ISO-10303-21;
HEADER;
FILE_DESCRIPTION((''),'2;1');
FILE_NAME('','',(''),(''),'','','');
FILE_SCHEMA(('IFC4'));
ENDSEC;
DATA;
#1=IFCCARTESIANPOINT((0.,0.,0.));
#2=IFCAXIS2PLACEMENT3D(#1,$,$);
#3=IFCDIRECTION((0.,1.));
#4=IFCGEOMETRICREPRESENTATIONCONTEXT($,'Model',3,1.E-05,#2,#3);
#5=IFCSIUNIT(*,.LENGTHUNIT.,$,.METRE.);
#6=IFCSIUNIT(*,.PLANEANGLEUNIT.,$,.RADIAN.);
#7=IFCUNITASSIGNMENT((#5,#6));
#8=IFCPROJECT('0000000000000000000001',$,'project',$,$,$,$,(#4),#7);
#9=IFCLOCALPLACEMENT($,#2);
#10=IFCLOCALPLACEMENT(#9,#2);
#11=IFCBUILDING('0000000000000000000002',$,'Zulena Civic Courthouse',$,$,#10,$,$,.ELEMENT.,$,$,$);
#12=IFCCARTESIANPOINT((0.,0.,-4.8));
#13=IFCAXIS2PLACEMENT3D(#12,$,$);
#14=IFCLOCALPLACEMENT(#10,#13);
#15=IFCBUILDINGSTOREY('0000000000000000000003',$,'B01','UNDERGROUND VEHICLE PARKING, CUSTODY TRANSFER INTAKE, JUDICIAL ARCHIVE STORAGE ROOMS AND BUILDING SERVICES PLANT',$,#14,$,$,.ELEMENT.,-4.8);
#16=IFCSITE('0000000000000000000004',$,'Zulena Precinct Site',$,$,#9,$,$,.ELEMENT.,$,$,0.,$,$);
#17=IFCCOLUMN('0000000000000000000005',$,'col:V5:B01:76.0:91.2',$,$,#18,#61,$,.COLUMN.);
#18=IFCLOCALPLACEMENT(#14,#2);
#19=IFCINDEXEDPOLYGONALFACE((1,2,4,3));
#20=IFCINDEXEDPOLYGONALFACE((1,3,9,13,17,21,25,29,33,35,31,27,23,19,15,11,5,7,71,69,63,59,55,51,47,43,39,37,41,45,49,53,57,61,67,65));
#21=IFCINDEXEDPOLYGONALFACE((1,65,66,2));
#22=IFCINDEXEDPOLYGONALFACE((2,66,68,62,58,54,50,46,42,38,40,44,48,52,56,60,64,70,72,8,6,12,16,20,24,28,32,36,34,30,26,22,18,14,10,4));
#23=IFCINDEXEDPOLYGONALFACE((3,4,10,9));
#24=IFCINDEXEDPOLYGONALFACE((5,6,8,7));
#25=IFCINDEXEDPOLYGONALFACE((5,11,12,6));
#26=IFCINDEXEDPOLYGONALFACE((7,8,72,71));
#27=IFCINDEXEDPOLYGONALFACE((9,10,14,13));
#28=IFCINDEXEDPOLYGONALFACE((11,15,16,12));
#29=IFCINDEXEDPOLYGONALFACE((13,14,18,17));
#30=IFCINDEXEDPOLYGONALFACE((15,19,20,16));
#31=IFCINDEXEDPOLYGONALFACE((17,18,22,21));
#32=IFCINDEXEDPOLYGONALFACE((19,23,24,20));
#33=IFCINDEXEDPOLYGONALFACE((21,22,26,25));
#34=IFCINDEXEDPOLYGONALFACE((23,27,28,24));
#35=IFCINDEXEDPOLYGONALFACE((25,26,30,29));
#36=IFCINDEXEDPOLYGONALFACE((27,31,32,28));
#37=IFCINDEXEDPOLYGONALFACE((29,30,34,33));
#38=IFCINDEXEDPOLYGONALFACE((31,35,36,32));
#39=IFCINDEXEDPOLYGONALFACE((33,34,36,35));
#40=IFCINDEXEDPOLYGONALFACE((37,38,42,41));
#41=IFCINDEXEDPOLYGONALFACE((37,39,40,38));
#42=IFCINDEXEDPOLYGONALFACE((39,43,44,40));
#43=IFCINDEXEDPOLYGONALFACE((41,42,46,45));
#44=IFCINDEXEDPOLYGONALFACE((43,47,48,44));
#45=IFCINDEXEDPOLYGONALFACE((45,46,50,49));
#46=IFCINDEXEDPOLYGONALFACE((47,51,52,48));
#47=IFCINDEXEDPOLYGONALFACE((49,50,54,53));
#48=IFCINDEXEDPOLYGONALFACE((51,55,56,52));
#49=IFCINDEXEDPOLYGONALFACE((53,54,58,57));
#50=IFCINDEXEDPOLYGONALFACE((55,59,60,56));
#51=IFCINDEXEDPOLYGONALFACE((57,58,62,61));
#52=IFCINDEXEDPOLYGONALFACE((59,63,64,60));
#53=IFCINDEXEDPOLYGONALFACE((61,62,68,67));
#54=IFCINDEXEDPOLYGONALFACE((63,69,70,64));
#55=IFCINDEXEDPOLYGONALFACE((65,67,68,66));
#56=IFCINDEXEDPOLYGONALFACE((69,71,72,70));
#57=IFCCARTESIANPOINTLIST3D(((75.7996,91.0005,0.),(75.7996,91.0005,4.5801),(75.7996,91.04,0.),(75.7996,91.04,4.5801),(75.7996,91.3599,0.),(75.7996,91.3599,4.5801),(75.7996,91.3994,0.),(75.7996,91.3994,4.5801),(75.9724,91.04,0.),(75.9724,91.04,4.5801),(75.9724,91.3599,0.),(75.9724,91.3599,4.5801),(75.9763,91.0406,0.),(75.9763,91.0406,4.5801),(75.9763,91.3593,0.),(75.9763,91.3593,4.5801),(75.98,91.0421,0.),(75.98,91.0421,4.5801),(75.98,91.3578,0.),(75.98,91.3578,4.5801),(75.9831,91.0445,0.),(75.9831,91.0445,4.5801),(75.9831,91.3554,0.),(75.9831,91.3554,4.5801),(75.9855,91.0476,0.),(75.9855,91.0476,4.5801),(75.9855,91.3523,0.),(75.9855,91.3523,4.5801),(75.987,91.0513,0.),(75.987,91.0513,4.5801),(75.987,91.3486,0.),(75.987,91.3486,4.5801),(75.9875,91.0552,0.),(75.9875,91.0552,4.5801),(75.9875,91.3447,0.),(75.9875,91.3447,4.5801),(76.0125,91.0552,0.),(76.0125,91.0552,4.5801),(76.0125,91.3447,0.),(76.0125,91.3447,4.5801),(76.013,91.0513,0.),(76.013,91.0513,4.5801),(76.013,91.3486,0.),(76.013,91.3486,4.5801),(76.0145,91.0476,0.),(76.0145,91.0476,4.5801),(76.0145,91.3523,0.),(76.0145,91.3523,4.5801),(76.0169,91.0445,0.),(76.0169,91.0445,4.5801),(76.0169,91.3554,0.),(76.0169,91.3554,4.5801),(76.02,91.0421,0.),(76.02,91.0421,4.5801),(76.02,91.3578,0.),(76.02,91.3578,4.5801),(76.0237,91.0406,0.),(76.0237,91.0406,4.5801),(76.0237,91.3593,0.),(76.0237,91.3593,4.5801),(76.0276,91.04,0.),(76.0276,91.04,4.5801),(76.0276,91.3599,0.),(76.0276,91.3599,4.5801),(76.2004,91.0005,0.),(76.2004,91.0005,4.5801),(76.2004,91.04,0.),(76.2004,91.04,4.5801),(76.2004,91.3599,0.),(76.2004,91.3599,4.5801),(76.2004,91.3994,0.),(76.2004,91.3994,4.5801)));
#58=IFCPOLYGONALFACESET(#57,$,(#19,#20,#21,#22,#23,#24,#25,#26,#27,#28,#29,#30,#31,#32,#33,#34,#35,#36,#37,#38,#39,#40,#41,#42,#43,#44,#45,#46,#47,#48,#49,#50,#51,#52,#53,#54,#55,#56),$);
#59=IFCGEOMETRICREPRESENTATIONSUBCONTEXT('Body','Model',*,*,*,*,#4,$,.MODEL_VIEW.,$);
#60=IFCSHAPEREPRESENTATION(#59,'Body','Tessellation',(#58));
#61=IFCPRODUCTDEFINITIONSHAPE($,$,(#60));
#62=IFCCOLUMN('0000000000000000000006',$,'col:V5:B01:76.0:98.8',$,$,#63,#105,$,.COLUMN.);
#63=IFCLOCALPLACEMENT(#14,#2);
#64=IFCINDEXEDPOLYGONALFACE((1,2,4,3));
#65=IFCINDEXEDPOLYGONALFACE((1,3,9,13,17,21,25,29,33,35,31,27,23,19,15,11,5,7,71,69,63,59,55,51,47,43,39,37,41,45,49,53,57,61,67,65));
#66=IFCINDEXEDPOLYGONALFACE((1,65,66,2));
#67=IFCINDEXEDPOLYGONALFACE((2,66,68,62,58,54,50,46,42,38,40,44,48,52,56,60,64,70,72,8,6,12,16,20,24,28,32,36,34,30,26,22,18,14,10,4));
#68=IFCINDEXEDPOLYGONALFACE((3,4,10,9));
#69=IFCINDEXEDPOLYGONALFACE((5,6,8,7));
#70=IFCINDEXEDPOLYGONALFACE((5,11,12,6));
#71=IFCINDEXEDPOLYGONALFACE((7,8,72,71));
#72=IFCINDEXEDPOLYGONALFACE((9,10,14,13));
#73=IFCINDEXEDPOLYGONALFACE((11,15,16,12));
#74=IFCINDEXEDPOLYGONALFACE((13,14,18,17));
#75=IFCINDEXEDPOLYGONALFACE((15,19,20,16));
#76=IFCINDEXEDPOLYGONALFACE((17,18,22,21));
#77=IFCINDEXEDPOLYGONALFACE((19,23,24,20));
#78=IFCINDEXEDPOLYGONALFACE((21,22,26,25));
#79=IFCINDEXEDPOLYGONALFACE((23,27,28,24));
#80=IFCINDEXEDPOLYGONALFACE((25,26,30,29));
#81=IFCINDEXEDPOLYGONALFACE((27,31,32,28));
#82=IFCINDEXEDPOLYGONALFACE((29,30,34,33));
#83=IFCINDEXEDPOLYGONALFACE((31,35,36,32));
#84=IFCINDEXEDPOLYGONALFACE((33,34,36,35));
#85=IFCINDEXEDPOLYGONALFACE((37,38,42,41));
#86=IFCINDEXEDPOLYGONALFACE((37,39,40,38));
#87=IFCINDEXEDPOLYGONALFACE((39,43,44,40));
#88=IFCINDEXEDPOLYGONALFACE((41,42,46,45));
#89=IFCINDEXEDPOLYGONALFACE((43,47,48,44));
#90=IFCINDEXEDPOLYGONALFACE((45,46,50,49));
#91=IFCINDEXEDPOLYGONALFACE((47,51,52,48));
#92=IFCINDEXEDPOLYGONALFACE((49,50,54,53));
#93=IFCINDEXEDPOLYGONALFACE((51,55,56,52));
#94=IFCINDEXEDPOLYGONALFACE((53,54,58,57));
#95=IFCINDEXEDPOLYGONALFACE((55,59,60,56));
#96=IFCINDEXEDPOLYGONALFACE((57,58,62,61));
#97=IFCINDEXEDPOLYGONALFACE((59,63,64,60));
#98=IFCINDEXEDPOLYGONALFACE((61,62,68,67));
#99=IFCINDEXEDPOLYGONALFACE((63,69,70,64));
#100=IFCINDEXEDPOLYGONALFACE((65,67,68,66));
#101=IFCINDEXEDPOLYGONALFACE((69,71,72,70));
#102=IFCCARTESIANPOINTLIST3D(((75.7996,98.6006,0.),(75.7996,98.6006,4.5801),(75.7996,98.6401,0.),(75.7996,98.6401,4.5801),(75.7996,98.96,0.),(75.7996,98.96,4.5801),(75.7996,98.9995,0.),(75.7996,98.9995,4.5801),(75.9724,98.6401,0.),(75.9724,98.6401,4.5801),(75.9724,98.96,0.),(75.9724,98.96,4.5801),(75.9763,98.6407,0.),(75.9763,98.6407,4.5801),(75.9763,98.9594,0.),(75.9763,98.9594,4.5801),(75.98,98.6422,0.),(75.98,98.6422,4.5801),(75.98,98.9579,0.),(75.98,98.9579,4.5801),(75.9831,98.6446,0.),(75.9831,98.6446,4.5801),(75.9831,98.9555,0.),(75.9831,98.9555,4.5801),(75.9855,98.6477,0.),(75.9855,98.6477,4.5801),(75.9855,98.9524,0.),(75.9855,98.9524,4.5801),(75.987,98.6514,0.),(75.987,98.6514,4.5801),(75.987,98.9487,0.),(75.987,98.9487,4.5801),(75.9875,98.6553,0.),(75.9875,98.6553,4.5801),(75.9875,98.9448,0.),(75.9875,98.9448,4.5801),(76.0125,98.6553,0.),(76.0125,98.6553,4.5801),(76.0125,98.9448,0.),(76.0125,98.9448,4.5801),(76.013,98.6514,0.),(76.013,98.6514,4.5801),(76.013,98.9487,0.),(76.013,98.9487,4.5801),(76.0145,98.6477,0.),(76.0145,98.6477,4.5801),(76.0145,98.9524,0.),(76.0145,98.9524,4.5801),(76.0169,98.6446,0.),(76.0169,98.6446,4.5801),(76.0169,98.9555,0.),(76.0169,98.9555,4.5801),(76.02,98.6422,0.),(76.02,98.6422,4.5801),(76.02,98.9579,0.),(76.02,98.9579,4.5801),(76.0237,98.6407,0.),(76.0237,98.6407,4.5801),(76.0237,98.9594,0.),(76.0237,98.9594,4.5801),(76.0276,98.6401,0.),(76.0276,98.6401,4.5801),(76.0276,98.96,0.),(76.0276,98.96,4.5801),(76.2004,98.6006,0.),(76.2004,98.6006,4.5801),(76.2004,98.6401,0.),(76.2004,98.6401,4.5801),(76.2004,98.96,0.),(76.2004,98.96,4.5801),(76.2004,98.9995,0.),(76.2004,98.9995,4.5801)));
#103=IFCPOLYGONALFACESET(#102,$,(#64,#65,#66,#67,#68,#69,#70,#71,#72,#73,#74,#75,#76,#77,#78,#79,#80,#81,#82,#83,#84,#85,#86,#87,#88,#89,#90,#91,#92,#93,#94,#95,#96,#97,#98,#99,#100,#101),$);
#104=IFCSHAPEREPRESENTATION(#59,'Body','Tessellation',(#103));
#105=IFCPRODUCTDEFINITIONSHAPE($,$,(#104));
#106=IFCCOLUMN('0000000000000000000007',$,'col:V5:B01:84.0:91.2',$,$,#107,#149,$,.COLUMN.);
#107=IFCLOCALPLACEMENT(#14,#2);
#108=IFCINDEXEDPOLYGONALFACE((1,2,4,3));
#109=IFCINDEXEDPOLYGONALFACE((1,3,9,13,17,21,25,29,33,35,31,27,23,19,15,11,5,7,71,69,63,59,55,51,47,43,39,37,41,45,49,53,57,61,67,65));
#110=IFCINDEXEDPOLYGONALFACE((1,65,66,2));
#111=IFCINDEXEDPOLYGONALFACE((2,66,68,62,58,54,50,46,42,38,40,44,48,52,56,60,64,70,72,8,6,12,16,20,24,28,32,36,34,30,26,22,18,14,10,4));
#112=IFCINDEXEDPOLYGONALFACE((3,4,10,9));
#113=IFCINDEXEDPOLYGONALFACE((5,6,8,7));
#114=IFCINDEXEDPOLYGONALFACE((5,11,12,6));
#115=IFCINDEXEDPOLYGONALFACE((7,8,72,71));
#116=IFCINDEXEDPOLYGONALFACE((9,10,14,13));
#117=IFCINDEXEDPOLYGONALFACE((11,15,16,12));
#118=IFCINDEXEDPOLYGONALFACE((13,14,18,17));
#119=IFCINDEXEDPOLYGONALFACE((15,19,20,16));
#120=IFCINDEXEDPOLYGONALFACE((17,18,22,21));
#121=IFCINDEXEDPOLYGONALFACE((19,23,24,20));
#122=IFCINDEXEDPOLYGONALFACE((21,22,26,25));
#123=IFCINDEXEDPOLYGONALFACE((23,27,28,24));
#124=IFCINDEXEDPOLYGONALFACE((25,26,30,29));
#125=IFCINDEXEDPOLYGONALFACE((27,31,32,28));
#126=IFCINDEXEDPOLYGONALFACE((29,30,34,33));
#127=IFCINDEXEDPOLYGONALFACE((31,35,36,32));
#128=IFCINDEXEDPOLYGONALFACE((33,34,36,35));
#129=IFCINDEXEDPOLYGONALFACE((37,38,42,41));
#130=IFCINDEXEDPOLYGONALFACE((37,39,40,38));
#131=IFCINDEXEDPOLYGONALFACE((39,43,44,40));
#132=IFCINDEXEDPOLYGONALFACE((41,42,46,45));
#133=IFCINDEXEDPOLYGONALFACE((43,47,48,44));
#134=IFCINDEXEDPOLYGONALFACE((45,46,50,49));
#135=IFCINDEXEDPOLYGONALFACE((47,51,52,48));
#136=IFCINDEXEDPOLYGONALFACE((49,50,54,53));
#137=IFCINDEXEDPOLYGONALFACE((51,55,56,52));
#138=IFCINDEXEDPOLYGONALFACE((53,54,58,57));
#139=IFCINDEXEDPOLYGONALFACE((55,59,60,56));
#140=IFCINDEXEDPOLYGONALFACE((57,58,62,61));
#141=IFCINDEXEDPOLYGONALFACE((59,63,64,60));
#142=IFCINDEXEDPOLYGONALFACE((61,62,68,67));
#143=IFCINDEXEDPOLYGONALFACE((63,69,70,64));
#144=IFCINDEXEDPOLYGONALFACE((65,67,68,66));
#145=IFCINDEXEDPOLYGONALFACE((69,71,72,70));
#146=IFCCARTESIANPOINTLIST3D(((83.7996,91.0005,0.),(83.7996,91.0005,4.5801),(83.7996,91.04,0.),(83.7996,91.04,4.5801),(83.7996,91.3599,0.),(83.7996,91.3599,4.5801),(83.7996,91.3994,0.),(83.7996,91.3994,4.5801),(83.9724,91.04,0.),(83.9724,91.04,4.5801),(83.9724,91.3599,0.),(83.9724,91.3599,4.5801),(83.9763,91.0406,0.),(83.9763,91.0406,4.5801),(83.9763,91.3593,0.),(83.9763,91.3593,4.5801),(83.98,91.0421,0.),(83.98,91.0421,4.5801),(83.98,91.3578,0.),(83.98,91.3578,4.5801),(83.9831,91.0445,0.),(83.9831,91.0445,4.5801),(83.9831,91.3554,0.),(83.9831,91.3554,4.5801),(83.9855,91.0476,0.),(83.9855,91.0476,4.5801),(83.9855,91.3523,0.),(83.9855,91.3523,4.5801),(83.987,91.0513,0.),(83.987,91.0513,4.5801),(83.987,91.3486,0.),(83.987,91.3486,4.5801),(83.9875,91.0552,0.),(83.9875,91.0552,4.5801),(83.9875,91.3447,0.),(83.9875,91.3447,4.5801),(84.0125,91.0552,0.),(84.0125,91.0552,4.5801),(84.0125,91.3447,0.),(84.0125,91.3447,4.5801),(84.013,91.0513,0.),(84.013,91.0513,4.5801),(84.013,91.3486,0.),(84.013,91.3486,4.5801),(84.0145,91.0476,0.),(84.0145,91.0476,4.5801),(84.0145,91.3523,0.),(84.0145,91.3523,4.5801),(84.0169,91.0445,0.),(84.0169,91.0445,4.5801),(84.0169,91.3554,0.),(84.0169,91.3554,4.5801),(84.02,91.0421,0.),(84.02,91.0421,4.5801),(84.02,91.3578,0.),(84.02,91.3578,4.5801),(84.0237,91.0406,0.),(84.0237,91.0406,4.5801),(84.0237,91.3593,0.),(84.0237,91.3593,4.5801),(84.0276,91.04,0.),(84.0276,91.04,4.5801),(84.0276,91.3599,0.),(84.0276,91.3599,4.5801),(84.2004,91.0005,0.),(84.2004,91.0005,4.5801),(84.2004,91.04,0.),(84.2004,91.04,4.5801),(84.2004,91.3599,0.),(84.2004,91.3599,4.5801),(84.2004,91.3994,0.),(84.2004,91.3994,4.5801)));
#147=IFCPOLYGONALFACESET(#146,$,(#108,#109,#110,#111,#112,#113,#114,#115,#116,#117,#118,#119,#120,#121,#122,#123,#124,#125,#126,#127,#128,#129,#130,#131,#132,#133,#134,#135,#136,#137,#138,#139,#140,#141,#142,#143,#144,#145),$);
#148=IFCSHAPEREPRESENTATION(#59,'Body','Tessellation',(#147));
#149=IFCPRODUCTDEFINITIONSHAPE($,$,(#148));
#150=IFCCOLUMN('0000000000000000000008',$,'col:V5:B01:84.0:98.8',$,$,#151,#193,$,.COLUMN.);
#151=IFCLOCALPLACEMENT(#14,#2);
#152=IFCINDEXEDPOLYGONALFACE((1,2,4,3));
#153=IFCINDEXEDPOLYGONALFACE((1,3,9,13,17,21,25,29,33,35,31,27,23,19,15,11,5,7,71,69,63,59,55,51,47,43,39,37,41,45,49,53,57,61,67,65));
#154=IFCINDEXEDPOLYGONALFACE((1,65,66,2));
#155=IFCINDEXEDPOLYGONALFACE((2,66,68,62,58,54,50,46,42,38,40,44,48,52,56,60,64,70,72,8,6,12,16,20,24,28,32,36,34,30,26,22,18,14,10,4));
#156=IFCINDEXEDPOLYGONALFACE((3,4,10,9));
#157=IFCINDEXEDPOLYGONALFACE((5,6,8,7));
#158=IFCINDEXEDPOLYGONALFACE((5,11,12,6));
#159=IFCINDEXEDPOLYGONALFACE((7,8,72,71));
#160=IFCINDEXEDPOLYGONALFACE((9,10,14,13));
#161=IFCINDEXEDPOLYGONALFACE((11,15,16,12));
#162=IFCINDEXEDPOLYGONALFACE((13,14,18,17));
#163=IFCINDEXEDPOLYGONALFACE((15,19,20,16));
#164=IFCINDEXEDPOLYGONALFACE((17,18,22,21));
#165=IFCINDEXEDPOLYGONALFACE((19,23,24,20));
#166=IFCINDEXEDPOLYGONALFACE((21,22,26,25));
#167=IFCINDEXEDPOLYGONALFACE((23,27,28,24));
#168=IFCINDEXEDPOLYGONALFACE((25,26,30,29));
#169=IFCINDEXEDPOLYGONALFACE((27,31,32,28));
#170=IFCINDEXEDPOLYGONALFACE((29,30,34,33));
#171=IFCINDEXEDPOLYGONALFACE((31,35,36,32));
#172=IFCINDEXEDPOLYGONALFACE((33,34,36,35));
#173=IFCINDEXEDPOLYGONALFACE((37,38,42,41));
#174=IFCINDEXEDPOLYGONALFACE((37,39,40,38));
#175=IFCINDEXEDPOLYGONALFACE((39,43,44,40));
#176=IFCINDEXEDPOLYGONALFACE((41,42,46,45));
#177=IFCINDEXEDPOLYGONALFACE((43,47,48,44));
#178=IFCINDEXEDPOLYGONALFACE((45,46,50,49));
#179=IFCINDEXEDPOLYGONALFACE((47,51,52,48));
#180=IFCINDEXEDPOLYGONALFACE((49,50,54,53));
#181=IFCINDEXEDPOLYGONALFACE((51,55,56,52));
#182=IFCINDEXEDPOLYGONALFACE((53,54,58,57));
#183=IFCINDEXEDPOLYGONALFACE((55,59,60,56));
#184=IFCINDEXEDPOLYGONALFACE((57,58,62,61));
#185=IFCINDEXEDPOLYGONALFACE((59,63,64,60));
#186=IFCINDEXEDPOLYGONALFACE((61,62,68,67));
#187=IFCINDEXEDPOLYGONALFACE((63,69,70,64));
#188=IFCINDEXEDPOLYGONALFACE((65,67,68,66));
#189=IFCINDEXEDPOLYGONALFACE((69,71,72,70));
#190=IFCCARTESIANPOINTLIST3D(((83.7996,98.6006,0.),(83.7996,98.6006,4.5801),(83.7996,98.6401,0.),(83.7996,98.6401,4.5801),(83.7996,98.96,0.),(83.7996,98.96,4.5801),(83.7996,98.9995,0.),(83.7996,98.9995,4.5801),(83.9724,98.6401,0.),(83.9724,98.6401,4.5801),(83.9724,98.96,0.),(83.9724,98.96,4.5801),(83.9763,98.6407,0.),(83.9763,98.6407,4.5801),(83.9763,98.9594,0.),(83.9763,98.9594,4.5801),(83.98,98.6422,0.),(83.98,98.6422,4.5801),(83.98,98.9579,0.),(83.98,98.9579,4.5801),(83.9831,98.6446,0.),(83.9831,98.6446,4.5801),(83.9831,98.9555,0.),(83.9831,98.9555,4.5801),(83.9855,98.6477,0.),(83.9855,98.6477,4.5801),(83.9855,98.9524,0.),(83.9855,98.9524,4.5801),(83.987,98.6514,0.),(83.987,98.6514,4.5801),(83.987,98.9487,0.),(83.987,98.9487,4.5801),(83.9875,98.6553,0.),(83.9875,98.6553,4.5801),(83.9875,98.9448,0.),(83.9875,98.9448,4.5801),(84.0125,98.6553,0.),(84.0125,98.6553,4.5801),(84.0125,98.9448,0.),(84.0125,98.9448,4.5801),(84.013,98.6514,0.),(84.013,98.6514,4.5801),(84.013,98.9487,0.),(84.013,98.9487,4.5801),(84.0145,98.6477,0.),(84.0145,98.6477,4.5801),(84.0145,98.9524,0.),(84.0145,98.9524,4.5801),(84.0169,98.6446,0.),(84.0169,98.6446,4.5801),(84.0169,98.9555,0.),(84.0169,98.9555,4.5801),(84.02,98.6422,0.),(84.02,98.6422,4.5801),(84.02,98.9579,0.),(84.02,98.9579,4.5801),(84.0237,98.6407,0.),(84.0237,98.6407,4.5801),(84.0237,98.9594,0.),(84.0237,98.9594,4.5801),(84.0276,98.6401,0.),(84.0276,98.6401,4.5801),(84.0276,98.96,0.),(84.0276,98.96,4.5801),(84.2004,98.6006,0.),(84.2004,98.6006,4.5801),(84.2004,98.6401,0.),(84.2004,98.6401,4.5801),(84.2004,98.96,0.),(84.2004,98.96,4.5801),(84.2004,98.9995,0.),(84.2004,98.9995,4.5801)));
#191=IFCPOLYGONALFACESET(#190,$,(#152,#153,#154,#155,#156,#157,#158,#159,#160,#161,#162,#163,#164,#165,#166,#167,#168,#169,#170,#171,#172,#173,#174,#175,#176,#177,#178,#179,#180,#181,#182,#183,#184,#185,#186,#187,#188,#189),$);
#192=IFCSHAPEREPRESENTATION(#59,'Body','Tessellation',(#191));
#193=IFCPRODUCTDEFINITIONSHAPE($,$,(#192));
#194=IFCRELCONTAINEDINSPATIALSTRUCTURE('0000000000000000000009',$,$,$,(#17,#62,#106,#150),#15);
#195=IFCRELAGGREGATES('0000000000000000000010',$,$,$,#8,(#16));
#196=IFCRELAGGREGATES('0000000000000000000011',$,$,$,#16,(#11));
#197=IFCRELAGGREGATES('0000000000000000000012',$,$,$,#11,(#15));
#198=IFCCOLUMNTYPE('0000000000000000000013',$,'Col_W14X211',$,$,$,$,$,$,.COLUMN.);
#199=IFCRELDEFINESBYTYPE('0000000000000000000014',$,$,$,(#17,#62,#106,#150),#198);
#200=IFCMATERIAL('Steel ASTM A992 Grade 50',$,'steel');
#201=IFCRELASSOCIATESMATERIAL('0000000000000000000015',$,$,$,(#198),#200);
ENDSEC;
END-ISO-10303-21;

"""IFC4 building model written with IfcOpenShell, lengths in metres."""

from ifc_helpers import new_model, si_unit, direction, frame, origin, origin_2d, place, context, subcontext, project, spatial, i_section, extrude, material, material_profile, profile_set, type_object, element, save


model = new_model("IFC4")

# Units and contexts
model_context = context("Model", 3, precision=1e-05, world=origin(), true_north=direction((0.0, 1.0)))
body_context = subcontext(model_context, "Body", "Model", "MODEL_VIEW")
ifc_project = project(units=[si_unit("LENGTHUNIT", "METRE"), si_unit("PLANEANGLEUNIT", "RADIAN")], contexts=[model_context])

# Site, building, storey
site_placement = place(None, origin())
site = spatial("IfcSite", under=ifc_project, at=site_placement, Name="Zulena Precinct Site", CompositionType="ELEMENT", RefElevation=0.0)
building_placement = place(site_placement, origin())
building = spatial("IfcBuilding", under=site, at=building_placement, Name="Zulena Civic Courthouse", CompositionType="ELEMENT")
storey_placement = place(building_placement, frame((0.0, 0.0, -4.8)))
storey = spatial("IfcBuildingStorey", under=building, at=storey_placement, Name="B01", Description="UNDERGROUND VEHICLE PARKING, CUSTODY TRANSFER INTAKE, JUDICIAL ARCHIVE STORAGE ROOMS AND BUILDING SERVICES PLANT", CompositionType="ELEMENT", Elevation=-4.8)

# Columns
ifc_material_1 = material(Name="Steel ASTM A992 Grade 50", Category="steel")
ifc_material_profile_1 = material_profile(ifc_material_1, i_section(OverallWidth=0.4009, OverallDepth=0.3989, WebThickness=0.0249, FlangeThickness=0.0396, FilletRadius=0.0151, at=origin_2d()), Name="W14X211")
ifc_profile_set_1 = profile_set([ifc_material_profile_1], Name="Steel ASTM A992 Grade 50")
column_type = type_object("IfcColumnType", Name="Col_W14X211", PredefinedType="COLUMN", material=ifc_profile_set_1)
for number, where, z_axis, x_axis, name in (
    (1, (76.0, 91.2, 0.0), (0.0, 0.0, 1.0), (1.0, 0.0, 0.0), "col:V5:B01:76.0:91.2"),
    (2, (76.0, 98.8, 0.0), (0.0, 0.0, 1.0), (1.0, 0.0, 0.0), "col:V5:B01:76.0:98.8"),
    (3, (84.0, 91.2, 0.0), (0.0, 0.0, 1.0), (1.0, 0.0, 0.0), "col:V5:B01:84.0:91.2"),
    (4, (84.0, 98.8, 0.0), (0.0, 0.0, 1.0), (1.0, 0.0, 0.0), "col:V5:B01:84.0:98.8"),
):
    element("IfcColumn", number, at=place(storey_placement, frame(where, z_axis=z_axis, x_axis=x_axis)), inside=storey, type_object=column_type, Name=name, PredefinedType="COLUMN", context=body_context, shape_type="SweptSolid", body=[
        extrude(i_section(OverallWidth=0.4009, OverallDepth=0.3989, WebThickness=0.0249, FlangeThickness=0.0396, FilletRadius=0.0151, at=origin_2d()), origin(), (0.0, 0.0, 1.0), 4.5801),
    ])

save(model, "model.ifc")
